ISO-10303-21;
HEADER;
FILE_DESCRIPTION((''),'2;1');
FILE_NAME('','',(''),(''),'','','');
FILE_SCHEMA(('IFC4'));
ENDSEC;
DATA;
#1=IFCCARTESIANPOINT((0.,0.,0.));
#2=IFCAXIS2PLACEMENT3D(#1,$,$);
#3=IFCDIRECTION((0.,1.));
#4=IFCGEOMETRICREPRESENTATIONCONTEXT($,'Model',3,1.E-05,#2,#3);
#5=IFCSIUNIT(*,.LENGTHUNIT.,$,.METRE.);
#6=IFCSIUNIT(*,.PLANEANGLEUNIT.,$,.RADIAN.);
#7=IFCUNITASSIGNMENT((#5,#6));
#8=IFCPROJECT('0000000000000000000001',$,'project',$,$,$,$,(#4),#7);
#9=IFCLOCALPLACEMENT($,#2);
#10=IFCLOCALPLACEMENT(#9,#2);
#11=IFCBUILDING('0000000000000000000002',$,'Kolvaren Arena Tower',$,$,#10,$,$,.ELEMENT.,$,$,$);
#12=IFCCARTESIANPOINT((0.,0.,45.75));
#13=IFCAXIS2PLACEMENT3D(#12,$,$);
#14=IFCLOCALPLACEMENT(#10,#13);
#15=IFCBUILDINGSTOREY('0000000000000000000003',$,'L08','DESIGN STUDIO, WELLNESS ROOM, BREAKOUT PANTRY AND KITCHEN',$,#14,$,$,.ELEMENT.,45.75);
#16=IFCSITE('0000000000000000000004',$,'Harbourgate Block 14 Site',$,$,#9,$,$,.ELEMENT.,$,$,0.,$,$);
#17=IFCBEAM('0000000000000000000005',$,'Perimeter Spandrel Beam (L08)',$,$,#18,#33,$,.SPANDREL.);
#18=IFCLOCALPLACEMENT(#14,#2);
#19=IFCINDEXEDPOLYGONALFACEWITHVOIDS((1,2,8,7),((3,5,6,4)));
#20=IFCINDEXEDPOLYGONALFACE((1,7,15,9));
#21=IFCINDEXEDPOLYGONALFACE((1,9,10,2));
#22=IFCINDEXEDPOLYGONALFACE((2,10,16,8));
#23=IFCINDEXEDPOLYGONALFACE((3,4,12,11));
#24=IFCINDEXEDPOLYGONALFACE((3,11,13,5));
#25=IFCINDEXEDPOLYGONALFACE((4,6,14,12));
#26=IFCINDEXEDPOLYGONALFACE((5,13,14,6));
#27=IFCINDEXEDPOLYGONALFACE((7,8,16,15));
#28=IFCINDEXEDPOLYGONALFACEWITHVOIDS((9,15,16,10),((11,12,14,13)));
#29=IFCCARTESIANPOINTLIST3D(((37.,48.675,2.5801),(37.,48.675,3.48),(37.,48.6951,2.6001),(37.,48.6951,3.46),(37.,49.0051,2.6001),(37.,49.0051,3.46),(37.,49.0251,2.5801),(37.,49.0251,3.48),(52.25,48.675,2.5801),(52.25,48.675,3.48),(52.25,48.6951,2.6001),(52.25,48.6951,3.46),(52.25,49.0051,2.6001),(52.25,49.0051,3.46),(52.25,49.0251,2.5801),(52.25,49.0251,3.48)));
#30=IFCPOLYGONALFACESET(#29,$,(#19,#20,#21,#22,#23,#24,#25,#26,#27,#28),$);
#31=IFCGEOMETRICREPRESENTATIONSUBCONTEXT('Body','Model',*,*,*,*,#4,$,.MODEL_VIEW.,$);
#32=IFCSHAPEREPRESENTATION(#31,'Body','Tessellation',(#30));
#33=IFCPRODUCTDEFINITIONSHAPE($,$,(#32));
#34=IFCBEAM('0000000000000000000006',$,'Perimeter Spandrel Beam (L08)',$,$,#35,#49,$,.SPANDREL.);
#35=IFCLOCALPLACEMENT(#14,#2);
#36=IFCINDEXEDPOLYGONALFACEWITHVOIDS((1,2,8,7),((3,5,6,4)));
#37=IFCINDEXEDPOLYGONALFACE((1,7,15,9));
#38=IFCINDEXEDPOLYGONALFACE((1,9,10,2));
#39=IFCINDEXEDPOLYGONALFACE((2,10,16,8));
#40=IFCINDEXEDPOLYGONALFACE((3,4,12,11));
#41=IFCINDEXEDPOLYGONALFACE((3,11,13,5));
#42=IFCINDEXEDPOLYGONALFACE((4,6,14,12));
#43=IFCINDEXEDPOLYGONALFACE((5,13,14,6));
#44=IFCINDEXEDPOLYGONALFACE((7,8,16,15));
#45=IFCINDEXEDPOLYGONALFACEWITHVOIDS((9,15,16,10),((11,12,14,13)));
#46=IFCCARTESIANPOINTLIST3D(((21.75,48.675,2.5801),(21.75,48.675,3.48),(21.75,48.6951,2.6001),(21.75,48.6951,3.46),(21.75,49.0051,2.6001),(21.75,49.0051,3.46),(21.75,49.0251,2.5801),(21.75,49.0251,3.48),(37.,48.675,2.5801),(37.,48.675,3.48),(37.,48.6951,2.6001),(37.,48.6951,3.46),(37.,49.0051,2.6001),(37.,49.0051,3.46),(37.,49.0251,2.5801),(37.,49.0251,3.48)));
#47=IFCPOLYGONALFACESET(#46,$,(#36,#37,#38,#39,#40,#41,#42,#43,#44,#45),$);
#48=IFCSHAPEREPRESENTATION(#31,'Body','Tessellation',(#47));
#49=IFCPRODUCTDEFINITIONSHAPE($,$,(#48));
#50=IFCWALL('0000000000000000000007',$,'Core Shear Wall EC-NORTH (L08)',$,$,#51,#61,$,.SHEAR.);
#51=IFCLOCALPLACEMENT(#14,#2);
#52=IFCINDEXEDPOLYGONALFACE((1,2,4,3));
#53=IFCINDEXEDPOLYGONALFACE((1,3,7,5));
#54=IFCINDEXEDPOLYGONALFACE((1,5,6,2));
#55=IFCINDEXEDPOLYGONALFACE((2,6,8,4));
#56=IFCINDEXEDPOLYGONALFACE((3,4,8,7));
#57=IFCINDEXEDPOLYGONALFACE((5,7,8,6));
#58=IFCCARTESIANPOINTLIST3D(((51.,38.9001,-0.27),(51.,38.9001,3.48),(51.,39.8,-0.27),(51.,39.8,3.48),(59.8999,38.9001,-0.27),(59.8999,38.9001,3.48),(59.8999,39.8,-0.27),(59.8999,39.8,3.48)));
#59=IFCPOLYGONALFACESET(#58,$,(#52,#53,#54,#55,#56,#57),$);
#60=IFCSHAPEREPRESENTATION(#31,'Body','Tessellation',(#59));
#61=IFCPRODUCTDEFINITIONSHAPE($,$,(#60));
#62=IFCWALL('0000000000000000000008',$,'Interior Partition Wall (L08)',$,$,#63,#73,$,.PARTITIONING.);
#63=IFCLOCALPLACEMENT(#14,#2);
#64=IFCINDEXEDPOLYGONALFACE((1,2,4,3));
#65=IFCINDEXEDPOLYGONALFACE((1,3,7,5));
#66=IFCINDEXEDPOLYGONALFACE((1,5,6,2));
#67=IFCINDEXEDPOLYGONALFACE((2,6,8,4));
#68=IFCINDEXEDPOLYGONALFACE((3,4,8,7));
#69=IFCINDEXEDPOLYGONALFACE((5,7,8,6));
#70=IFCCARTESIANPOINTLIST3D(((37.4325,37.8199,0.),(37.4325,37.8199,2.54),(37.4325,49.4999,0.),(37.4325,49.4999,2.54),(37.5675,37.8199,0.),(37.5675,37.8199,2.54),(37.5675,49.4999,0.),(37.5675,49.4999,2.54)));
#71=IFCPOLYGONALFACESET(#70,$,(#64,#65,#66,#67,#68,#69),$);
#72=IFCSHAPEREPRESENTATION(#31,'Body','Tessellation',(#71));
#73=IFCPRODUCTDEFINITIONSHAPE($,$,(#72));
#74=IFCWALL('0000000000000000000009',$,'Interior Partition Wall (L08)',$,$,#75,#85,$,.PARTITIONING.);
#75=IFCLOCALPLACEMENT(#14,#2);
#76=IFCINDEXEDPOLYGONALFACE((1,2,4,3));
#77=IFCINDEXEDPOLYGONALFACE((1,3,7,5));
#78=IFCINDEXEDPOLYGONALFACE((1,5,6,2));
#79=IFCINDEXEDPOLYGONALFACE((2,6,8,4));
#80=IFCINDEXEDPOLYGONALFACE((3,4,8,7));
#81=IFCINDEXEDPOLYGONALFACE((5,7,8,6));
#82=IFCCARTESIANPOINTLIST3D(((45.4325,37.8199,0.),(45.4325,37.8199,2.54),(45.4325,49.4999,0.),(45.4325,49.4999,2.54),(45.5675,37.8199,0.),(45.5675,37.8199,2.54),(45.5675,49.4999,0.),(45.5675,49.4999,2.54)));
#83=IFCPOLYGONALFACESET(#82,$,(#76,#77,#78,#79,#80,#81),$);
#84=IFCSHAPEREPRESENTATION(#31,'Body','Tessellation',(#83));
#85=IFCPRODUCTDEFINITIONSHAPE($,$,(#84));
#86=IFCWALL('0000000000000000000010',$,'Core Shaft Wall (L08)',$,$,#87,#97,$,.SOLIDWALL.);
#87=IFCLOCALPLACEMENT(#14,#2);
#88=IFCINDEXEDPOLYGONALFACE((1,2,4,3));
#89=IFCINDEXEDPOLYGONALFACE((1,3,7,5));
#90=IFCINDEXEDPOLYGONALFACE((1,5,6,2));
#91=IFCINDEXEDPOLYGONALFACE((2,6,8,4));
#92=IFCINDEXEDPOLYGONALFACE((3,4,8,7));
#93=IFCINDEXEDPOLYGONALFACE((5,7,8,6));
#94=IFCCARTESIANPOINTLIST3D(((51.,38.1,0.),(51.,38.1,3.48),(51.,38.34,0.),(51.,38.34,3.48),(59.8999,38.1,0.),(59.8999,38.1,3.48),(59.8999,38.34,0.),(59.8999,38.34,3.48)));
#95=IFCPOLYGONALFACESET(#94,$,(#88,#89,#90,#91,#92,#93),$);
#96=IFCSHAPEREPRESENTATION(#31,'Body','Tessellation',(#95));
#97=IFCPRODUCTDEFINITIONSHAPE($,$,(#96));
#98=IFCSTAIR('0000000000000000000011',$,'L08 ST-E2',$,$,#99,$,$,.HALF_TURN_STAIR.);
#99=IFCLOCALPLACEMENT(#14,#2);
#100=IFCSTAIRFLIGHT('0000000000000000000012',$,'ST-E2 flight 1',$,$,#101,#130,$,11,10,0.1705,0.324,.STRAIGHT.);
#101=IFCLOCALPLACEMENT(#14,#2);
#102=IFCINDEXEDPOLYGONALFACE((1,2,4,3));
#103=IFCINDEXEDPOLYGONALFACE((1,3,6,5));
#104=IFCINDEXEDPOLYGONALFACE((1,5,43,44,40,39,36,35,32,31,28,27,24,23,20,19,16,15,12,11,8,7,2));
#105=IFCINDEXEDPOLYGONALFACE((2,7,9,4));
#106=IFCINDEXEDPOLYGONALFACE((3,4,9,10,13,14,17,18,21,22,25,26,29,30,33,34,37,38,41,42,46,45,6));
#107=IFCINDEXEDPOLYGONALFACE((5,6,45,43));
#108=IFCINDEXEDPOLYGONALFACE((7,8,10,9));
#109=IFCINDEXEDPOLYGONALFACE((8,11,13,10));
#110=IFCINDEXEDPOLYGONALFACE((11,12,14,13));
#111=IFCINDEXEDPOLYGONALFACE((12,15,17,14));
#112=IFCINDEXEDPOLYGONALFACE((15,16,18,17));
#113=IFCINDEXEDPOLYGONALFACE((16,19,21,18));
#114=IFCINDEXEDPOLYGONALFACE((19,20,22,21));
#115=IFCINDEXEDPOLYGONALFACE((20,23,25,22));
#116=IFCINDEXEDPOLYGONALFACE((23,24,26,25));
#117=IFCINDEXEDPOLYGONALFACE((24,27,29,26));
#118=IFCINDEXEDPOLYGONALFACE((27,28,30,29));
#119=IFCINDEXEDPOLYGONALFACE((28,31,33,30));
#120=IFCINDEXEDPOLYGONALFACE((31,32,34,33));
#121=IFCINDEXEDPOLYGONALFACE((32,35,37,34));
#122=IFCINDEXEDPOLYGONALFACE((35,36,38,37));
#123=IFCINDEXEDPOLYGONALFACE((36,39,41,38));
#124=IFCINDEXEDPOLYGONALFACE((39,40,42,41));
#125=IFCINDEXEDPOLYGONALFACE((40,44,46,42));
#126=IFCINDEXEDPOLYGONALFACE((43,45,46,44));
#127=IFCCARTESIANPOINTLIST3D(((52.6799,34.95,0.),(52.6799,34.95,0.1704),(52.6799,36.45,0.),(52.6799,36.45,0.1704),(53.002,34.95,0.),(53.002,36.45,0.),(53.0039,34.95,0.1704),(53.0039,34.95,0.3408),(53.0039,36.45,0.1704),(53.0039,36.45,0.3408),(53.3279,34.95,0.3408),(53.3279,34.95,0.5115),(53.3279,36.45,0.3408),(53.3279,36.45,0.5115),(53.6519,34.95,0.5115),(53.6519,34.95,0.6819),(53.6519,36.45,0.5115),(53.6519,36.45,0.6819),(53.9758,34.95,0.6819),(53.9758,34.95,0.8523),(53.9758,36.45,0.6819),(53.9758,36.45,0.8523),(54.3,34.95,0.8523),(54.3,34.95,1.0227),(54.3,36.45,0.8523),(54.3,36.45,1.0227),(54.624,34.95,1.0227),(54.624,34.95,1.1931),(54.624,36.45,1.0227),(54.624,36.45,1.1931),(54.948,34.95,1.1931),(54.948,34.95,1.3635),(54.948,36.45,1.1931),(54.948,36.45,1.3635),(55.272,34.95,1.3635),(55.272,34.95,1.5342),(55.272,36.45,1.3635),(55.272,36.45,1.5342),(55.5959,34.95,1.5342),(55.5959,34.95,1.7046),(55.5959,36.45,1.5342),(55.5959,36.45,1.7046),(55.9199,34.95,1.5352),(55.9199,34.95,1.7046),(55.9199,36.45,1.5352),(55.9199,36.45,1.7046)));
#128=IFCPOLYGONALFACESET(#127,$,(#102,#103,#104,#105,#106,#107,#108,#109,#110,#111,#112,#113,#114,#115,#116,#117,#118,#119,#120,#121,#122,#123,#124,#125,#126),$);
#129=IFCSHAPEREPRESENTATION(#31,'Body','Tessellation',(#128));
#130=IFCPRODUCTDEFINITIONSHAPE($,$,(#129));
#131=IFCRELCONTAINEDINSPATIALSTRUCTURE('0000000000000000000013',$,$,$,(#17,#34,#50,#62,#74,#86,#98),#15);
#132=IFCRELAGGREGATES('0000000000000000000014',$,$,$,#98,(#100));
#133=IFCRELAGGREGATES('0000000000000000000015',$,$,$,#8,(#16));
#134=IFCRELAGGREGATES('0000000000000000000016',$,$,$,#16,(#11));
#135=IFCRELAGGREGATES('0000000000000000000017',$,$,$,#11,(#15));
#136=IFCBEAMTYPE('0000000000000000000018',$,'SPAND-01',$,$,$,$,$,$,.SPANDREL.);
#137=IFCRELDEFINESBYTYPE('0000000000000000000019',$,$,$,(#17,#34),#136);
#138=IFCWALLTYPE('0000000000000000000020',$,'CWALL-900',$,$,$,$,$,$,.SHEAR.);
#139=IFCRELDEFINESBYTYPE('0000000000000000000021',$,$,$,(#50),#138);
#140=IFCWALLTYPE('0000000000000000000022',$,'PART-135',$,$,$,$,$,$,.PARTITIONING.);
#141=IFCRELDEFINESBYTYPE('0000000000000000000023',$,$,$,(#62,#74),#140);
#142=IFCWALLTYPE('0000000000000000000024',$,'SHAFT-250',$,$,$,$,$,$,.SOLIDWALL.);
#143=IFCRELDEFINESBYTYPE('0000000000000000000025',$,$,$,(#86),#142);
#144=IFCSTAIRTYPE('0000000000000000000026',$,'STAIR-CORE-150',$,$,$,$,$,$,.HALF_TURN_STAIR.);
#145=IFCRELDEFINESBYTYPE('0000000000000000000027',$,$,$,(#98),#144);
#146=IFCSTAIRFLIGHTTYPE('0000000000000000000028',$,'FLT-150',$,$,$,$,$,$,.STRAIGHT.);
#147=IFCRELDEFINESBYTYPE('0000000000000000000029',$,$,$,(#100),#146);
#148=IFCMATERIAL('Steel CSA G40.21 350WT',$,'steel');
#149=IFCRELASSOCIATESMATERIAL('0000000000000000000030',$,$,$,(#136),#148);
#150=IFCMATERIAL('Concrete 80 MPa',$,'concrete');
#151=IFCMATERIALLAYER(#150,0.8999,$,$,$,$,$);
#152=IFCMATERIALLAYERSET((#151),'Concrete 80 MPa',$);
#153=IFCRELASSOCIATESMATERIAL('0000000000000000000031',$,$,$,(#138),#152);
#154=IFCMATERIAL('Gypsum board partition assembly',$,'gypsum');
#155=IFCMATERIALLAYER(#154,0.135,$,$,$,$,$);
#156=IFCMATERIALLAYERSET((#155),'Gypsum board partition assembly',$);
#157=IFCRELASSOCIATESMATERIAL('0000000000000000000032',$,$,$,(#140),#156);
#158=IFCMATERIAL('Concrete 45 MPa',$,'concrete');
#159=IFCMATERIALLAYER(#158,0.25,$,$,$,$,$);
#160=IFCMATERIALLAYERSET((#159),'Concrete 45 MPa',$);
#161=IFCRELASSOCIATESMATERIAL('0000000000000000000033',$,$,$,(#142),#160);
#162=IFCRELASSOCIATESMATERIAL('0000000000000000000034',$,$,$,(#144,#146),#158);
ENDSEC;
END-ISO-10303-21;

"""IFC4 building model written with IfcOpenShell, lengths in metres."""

from ifc_helpers import new_model, si_unit, direction, frame, frame_2d, origin, origin_2d, place, context, subcontext, project, spatial, polyline, rectangle, hollow_rectangle, outline, extrude, material, layer, layer_set, material_profile, profile_set, type_object, element, aggregate, save


model = new_model("IFC4")

# Units and contexts
model_context = context("Model", 3, precision=1e-05, world=origin(), true_north=direction((0.0, 1.0)))
body_context = subcontext(model_context, "Body", "Model", "MODEL_VIEW")
ifc_project = project(units=[si_unit("LENGTHUNIT", "METRE"), si_unit("PLANEANGLEUNIT", "RADIAN")], contexts=[model_context])

# Site, building, storey
site_placement = place(None, origin())
site = spatial("IfcSite", under=ifc_project, at=site_placement, Name="Harbourgate Block 14 Site", CompositionType="ELEMENT", RefElevation=0.0)
building_placement = place(site_placement, origin())
building = spatial("IfcBuilding", under=site, at=building_placement, Name="Kolvaren Arena Tower", CompositionType="ELEMENT")
storey_placement = place(building_placement, frame((0.0, 0.0, 45.75)))
storey = spatial("IfcBuildingStorey", under=building, at=storey_placement, Name="L08", Description="DESIGN STUDIO, WELLNESS ROOM, BREAKOUT PANTRY AND KITCHEN", CompositionType="ELEMENT", Elevation=45.75)

# Beams
ifc_material_1 = material(Name="Steel CSA G40.21 350WT", Category="steel")
ifc_material_profile_1 = material_profile(ifc_material_1, hollow_rectangle(XDim=0.3501, YDim=0.8999, WallThickness=0.02, at=origin_2d()), Name="HSS 900x350x20")
ifc_profile_set_1 = profile_set([ifc_material_profile_1], Name="Steel CSA G40.21 350WT")
beam_type_1 = type_object("IfcBeamType", Name="SPAND-01", PredefinedType="SPANDREL", material=ifc_profile_set_1)
for number, where, z_axis, x_axis, name in (
    (1, (52.25, 48.8501, 3.03), (-1.0, 0.0, 0.0), (0.0, -1.0, 0.0), "Perimeter Spandrel Beam (L08)"),
    (2, (37.0, 48.8501, 3.03), (-1.0, 0.0, 0.0), (0.0, -1.0, 0.0), "Perimeter Spandrel Beam (L08)"),
):
    element("IfcBeam", number, at=place(storey_placement, frame(where, z_axis=z_axis, x_axis=x_axis)), inside=storey, type_object=beam_type_1, Name=name, PredefinedType="SPANDREL", context=body_context, shape_type="SweptSolid", body=[
        extrude(hollow_rectangle(XDim=0.3501, YDim=0.8999, WallThickness=0.02, at=origin_2d()), origin(), (0.0, 0.0, 1.0), 15.25),
    ])

# Walls
ifc_material_2 = material(Name="Concrete 80 MPa", Category="concrete")
ifc_layer_1 = layer(ifc_material_2, 0.8999)
ifc_layer_set_1 = layer_set([ifc_layer_1], Name="Concrete 80 MPa")
wall_type_1 = type_object("IfcWallType", Name="CWALL-900", PredefinedType="SHEAR", material=ifc_layer_set_1)
wall_1_placement = place(storey_placement, frame((51.0, 39.3501, -0.27), z_axis=(0.0, 0.0, 1.0), x_axis=(1.0, 0.0, 0.0)))
element("IfcWall", 3, at=wall_1_placement, inside=storey, type_object=wall_type_1, Name="Core Shear Wall EC-NORTH (L08)", PredefinedType="SHEAR", context=body_context, shape_type="SweptSolid", body=[
    extrude(rectangle(XDim=8.8999, YDim=0.8999, at=frame_2d((4.45, 0.0))), origin(), (0.0, 0.0, 1.0), 3.75),
])
ifc_material_3 = material(Name="Gypsum board partition assembly", Category="gypsum")
ifc_layer_2 = layer(ifc_material_3, 0.135)
ifc_layer_set_2 = layer_set([ifc_layer_2], Name="Gypsum board partition assembly")
wall_type_2 = type_object("IfcWallType", Name="PART-135", PredefinedType="PARTITIONING", material=ifc_layer_set_2)
for number, where, z_axis, x_axis, name in (
    (4, (37.5, 37.8201, 0.0), (0.0, 0.0, 1.0), (0.0, 1.0, 0.0), "Interior Partition Wall (L08)"),
    (5, (45.5, 37.8201, 0.0), (0.0, 0.0, 1.0), (0.0, 1.0, 0.0), "Interior Partition Wall (L08)"),
):
    element("IfcWall", number, at=place(storey_placement, frame(where, z_axis=z_axis, x_axis=x_axis)), inside=storey, type_object=wall_type_2, Name=name, PredefinedType="PARTITIONING", context=body_context, shape_type="SweptSolid", body=[
        extrude(rectangle(XDim=11.6799, YDim=0.135, at=frame_2d((5.8398, 0.0))), origin(), (0.0, 0.0, 1.0), 2.54),
    ])
ifc_material_4 = material(Name="Concrete 45 MPa", Category="concrete")
ifc_layer_3 = layer(ifc_material_4, 0.25)
ifc_layer_set_3 = layer_set([ifc_layer_3], Name="Concrete 45 MPa")
wall_type_3 = type_object("IfcWallType", Name="SHAFT-250", PredefinedType="SOLIDWALL", material=ifc_layer_set_3)
wall_2_placement = place(storey_placement, frame((51.0, 38.22, 0.0), z_axis=(0.0, 0.0, 1.0), x_axis=(1.0, 0.0, 0.0)))
element("IfcWall", 6, at=wall_2_placement, inside=storey, type_object=wall_type_3, Name="Core Shaft Wall (L08)", PredefinedType="SOLIDWALL", context=body_context, shape_type="SweptSolid", body=[
    extrude(rectangle(XDim=8.8999, YDim=0.24, at=frame_2d((4.45, 0.0))), origin(), (0.0, 0.0, 1.0), 3.48),
])

# Stair, stair flight
stair_type = type_object("IfcStairType", Name="STAIR-CORE-150", PredefinedType="HALF_TURN_STAIR", material=ifc_material_4)
stair_placement = place(storey_placement, origin())
stair = element("IfcStair", 7, at=stair_placement, inside=storey, type_object=stair_type, Name="L08 ST-E2", PredefinedType="HALF_TURN_STAIR")
stair_flight_type = type_object("IfcStairFlightType", Name="FLT-150", PredefinedType="STRAIGHT", material=ifc_material_4)
stair_flight_placement = place(storey_placement, frame((52.6799, 35.7, 0.0), z_axis=(0.0, 0.0, 1.0), x_axis=(1.0, 0.0, 0.0)))
stair_flight = element("IfcStairFlight", 8, at=stair_flight_placement, type_object=stair_flight_type, Name="ST-E2 flight 1", NumberOfRisers=11, NumberOfTreads=10, PredefinedType="STRAIGHT", RiserHeight=0.1705, TreadLength=0.324, context=body_context, shape_type="SweptSolid", body=[
    extrude(outline(polyline([(0.0, 0.0), (0.0, 0.1704), (0.324, 0.1704), (0.324, 0.3408), (0.6479, 0.3408), (0.6479, 0.5115), (0.9719, 0.5115), (0.9719, 0.6819), (1.2959, 0.6819), (1.2959, 0.8523), (1.6201, 0.8523), (1.6201, 1.0227), (1.9441, 1.0227), (1.9441, 1.1931), (2.2681, 1.1931), (2.2681, 1.3635), (2.592, 1.3635), (2.592, 1.5342), (2.916, 1.5342), (2.916, 1.7046), (3.24, 1.7046), (3.24, 1.875), (3.24, 1.5352), (0.322, 0.0), (0.0, 0.0)])), frame((0.0, 0.75, 0.0), z_axis=(0.0, -1.0, 0.0), x_axis=(1.0, 0.0, 0.0)), (0.0, 0.0, 1.0), 1.5),
])
aggregate(stair, [stair_flight])

save(model, "model.ifc")
